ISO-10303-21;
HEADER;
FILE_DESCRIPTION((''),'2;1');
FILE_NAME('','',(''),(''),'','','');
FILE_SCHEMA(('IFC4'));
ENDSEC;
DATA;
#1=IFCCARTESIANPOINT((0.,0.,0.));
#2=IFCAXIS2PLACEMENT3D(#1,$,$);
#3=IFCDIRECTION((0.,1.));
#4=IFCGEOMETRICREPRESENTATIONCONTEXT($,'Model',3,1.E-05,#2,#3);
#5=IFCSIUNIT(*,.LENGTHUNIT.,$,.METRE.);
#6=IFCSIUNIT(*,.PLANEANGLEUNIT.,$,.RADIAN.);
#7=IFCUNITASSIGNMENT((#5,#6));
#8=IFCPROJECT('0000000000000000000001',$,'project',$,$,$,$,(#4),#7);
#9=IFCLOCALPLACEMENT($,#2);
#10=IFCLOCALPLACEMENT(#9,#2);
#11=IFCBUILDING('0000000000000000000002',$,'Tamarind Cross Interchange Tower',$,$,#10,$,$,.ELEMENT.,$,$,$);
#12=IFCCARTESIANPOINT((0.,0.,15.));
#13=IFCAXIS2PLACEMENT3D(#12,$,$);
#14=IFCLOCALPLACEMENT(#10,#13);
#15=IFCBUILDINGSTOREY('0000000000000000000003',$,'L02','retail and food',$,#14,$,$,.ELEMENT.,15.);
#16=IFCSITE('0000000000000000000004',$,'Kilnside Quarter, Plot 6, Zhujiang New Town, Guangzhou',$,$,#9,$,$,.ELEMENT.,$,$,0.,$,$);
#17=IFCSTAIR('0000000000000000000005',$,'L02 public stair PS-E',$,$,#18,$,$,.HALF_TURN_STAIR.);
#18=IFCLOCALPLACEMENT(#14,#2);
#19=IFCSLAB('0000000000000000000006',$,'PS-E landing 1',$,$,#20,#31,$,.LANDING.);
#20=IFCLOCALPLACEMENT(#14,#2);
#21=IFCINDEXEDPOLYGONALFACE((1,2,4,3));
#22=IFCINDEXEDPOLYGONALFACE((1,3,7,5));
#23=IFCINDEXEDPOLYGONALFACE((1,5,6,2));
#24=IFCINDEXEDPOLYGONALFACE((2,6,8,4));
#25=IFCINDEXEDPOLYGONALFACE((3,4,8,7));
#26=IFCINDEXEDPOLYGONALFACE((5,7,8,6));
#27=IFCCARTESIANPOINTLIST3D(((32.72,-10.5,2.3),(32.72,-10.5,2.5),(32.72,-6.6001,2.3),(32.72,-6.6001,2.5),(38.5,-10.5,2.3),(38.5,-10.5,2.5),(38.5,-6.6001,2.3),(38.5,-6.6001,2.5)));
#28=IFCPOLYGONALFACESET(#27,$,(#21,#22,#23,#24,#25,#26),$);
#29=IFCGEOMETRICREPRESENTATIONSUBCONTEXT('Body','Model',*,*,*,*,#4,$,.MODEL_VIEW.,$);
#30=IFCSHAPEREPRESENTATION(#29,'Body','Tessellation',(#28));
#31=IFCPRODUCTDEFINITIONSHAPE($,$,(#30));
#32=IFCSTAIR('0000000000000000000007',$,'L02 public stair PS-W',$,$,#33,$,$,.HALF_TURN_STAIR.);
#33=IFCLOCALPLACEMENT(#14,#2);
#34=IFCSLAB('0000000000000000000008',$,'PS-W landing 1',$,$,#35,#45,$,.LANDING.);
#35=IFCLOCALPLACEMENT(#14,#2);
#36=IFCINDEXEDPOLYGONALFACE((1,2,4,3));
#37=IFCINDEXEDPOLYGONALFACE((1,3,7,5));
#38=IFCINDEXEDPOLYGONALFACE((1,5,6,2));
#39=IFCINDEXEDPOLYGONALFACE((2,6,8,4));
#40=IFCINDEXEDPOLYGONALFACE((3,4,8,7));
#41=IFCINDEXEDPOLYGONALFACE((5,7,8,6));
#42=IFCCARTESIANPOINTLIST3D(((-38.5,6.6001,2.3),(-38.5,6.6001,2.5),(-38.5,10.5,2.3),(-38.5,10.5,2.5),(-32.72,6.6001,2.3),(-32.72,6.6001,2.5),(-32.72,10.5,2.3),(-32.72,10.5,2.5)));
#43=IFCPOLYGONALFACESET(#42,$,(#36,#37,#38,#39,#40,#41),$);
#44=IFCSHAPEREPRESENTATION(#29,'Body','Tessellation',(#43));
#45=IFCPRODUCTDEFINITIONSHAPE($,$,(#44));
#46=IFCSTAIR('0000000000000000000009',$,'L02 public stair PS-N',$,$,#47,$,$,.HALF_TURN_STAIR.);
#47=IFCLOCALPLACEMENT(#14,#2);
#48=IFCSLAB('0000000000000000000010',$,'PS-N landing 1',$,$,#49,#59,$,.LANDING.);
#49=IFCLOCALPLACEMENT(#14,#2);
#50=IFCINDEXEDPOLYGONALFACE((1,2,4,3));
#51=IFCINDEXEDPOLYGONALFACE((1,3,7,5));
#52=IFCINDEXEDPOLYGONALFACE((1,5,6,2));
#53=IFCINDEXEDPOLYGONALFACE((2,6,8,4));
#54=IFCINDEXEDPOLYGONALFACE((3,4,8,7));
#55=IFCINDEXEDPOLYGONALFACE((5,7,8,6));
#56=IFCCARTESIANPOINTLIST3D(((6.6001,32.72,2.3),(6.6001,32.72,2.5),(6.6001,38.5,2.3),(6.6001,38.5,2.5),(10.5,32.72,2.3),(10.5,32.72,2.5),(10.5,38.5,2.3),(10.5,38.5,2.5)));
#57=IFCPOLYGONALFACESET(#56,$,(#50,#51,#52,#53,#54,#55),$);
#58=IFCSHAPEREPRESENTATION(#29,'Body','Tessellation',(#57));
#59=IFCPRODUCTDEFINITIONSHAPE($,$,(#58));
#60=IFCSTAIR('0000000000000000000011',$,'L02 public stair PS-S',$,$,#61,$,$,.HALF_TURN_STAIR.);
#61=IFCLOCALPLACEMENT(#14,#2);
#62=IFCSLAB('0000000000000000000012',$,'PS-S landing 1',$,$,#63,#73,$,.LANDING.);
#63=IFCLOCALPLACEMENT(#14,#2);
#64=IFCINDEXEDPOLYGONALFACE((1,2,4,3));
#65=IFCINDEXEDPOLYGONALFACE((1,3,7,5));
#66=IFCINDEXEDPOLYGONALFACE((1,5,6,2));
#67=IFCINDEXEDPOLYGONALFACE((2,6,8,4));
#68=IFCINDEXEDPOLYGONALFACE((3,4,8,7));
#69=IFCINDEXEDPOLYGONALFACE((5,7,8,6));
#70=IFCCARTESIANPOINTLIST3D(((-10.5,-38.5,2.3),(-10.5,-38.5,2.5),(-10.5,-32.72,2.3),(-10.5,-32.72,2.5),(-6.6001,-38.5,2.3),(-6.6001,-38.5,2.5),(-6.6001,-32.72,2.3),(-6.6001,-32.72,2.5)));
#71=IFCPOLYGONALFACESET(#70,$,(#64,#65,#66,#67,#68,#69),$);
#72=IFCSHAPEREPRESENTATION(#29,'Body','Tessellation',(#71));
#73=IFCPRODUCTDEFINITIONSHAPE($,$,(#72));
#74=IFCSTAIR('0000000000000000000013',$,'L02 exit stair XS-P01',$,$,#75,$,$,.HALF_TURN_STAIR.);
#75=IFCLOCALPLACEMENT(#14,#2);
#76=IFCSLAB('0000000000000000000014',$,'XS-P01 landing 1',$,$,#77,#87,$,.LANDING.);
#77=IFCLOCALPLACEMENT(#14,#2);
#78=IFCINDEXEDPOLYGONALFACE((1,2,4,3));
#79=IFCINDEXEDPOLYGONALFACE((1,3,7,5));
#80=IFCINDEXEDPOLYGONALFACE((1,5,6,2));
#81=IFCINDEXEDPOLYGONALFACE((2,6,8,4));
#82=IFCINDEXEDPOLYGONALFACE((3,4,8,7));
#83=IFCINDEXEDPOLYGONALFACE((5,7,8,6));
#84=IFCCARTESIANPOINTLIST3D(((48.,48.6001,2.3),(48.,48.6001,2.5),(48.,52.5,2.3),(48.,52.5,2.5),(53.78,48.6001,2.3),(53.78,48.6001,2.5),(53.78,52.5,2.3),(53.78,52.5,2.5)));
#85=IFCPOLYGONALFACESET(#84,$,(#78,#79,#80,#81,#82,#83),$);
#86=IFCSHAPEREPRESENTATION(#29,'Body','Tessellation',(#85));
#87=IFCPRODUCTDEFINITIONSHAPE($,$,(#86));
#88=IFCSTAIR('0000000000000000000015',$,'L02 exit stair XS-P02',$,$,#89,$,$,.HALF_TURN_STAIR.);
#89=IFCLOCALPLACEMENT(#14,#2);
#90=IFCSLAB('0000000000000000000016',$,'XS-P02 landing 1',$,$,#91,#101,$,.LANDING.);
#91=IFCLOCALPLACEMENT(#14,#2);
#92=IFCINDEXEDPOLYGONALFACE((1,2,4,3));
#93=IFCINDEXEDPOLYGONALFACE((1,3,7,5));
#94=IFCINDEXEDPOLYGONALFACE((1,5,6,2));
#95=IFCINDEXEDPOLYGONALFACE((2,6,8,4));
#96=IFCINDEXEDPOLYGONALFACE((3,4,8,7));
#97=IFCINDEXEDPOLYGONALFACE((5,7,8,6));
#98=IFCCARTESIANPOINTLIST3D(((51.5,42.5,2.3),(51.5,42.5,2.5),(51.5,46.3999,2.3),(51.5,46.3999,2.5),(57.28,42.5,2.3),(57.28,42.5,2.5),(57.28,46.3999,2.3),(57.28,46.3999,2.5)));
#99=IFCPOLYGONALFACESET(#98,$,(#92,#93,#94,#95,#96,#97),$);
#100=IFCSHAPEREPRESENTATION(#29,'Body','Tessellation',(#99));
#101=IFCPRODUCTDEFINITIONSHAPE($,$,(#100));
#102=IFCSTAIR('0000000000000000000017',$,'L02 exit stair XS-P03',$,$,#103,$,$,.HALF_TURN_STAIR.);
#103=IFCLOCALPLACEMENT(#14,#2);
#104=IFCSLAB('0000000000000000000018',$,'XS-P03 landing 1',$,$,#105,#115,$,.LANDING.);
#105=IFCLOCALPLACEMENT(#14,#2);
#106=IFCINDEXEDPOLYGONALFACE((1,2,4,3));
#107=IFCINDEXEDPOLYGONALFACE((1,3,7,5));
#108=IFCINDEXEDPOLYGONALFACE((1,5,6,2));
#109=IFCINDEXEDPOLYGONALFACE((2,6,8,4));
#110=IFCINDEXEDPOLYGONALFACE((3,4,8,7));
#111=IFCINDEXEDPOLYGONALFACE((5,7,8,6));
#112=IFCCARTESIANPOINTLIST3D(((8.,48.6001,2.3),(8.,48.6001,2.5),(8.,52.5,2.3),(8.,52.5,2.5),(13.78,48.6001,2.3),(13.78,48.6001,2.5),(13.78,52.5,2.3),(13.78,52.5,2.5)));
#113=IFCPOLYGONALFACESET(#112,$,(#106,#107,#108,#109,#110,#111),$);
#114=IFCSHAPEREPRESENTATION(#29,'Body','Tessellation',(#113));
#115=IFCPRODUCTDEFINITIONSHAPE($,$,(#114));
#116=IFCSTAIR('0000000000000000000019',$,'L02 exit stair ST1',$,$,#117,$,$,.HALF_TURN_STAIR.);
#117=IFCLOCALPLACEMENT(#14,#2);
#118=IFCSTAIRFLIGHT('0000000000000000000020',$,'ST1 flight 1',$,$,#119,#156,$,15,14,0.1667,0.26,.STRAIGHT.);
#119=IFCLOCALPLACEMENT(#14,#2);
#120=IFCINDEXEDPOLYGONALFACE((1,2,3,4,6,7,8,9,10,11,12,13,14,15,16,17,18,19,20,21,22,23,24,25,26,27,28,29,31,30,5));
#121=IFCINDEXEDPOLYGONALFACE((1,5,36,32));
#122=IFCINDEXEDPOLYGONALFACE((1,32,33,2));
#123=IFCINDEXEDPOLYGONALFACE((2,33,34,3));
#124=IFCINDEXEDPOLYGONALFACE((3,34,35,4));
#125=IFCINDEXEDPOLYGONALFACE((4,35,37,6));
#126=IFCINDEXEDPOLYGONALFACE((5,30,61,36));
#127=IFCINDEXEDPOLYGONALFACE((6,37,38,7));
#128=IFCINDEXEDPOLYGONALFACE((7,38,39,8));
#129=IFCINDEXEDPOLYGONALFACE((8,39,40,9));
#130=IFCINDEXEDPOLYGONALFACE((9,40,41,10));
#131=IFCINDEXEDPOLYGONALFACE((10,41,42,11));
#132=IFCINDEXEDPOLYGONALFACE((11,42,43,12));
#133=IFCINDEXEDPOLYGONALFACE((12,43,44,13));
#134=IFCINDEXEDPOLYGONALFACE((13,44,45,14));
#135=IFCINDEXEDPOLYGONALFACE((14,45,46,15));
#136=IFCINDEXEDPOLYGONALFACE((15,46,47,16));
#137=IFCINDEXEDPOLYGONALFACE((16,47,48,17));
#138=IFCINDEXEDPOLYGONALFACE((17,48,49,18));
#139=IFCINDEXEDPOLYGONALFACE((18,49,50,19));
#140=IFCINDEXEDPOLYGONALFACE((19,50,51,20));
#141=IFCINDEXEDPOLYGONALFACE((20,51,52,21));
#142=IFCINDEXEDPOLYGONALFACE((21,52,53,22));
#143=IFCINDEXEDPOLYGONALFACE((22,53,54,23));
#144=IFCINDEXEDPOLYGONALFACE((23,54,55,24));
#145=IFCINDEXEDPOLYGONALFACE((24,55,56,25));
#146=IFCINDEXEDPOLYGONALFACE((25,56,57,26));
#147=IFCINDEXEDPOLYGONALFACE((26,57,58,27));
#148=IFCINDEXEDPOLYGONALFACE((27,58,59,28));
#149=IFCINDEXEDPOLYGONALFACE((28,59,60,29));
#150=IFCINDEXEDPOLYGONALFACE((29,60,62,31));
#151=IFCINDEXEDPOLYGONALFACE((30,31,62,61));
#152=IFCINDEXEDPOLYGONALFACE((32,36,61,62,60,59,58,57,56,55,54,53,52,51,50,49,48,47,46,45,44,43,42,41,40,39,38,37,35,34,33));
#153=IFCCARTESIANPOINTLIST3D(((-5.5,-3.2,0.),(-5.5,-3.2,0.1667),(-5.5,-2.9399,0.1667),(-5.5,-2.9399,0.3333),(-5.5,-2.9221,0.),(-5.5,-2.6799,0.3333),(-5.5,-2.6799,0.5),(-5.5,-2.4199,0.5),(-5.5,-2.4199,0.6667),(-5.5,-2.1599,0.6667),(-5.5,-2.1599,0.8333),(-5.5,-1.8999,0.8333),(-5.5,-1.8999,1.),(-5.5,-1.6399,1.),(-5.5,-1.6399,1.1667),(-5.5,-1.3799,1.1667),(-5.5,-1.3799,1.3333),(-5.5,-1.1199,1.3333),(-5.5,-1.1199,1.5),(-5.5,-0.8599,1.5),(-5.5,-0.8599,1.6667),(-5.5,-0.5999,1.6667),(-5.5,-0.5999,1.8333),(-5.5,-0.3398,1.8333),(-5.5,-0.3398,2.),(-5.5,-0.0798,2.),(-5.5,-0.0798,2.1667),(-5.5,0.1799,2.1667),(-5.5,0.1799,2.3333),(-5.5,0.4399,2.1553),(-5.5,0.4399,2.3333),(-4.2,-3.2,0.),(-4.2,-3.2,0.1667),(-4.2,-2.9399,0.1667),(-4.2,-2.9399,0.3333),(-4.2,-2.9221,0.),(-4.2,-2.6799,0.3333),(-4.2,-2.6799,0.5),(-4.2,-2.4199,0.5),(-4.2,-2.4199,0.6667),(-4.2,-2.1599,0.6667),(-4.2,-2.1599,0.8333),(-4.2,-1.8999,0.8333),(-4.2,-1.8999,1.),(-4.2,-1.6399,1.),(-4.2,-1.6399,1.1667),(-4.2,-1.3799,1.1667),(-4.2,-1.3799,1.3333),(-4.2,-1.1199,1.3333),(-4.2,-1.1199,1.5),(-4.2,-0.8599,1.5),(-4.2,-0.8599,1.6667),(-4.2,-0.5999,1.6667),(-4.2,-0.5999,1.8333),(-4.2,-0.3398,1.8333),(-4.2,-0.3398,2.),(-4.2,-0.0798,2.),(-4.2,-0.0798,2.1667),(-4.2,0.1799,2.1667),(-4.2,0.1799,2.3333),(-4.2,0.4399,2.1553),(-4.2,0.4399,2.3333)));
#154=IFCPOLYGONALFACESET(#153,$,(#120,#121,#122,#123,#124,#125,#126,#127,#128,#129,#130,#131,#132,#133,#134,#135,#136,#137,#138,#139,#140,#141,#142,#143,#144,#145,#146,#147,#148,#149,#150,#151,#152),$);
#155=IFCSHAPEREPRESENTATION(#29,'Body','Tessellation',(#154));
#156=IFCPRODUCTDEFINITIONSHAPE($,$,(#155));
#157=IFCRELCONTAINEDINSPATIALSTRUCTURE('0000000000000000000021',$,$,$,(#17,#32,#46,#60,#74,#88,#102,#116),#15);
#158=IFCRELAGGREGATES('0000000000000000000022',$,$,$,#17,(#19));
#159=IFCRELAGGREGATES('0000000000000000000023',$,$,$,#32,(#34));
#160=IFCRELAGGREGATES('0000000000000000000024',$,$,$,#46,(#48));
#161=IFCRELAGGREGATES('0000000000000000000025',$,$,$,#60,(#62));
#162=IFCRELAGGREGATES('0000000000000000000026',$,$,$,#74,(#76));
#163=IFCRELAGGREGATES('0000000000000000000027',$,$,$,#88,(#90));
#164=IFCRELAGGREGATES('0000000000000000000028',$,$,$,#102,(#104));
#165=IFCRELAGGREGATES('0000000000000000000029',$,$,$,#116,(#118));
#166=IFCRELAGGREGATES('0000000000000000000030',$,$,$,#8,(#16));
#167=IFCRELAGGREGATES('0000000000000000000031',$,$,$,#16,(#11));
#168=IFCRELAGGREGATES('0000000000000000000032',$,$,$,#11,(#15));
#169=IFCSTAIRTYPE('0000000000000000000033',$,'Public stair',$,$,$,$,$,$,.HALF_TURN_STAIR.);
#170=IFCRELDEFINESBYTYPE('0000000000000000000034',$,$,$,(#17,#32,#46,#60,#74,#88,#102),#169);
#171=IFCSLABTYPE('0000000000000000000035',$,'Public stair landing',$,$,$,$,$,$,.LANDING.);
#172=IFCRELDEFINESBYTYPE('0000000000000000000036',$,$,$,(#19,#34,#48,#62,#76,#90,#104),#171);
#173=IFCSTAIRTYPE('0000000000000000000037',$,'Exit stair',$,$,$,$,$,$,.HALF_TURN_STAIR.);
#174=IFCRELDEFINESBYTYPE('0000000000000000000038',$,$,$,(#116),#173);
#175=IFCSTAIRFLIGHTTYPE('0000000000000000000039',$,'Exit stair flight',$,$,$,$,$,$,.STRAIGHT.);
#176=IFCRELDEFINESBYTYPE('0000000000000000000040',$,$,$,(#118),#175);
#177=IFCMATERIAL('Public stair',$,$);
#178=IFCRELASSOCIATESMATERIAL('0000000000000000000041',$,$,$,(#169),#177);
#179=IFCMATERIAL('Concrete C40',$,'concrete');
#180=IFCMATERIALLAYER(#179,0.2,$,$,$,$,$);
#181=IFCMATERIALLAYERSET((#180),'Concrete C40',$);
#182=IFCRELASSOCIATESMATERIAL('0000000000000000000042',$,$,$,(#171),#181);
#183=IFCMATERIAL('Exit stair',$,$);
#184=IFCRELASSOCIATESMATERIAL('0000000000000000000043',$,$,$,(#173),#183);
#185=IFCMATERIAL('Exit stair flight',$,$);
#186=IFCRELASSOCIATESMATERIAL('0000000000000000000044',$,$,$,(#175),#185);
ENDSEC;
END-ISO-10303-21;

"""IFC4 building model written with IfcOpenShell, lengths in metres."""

from ifc_helpers import new_model, si_unit, direction, frame, origin, place, context, subcontext, project, spatial, polyline, outline, extrude, material, layer, layer_set, type_object, element, aggregate, save


model = new_model("IFC4")

# Units and contexts
model_context = context("Model", 3, precision=1e-05, world=origin(), true_north=direction((0.0, 1.0)))
body_context = subcontext(model_context, "Body", "Model", "MODEL_VIEW")
ifc_project = project(units=[si_unit("LENGTHUNIT", "METRE"), si_unit("PLANEANGLEUNIT", "RADIAN")], contexts=[model_context])

# Site, building, storey
site_placement = place(None, origin())
site = spatial("IfcSite", under=ifc_project, at=site_placement, Name="Kilnside Quarter, Plot 6, Zhujiang New Town, Guangzhou", CompositionType="ELEMENT", RefElevation=0.0)
building_placement = place(site_placement, origin())
building = spatial("IfcBuilding", under=site, at=building_placement, Name="Tamarind Cross Interchange Tower", CompositionType="ELEMENT")
storey_placement = place(building_placement, frame((0.0, 0.0, 15.0)))
storey = spatial("IfcBuildingStorey", under=building, at=storey_placement, Name="L02", Description="retail and food", CompositionType="ELEMENT", Elevation=15.0)

# Shared definitions
ifc_material_1 = material(Name="Concrete C40", Category="concrete")

# Stairs, slabs
ifc_material_2 = material(Name="Public stair")
stair_type_1 = type_object("IfcStairType", Name="Public stair", PredefinedType="HALF_TURN_STAIR", material=ifc_material_2)
stair_1_placement = place(storey_placement, origin())
stair_1 = element("IfcStair", 1, at=stair_1_placement, inside=storey, type_object=stair_type_1, Name="L02 public stair PS-E", PredefinedType="HALF_TURN_STAIR")
ifc_layer_1 = layer(ifc_material_1, 0.2)
ifc_layer_set_1 = layer_set([ifc_layer_1], Name="Concrete C40")
slab_type_1 = type_object("IfcSlabType", Name="Public stair landing", PredefinedType="LANDING", material=ifc_layer_set_1)
slab_1_placement = place(storey_placement, frame((0.0, 0.0, 2.3)))
slab_1 = element("IfcSlab", 2, at=slab_1_placement, type_object=slab_type_1, Name="PS-E landing 1", PredefinedType="LANDING", context=body_context, shape_type="SweptSolid", body=[
    extrude(outline(polyline([(32.72, -10.5), (38.5, -10.5), (38.5, -6.6001), (32.72, -6.6001), (32.72, -10.5)])), origin(), (0.0, 0.0, 1.0), 0.2),
])
aggregate(stair_1, [slab_1])
stair_2_placement = place(storey_placement, origin())
stair_2 = element("IfcStair", 3, at=stair_2_placement, inside=storey, type_object=stair_type_1, Name="L02 public stair PS-W", PredefinedType="HALF_TURN_STAIR")
slab_2_placement = place(storey_placement, frame((0.0, 0.0, 2.3)))
slab_2 = element("IfcSlab", 4, at=slab_2_placement, type_object=slab_type_1, Name="PS-W landing 1", PredefinedType="LANDING", context=body_context, shape_type="SweptSolid", body=[
    extrude(outline(polyline([(-32.72, 10.5), (-38.5, 10.5), (-38.5, 6.6001), (-32.72, 6.6001), (-32.72, 10.5)])), origin(), (0.0, 0.0, 1.0), 0.2),
])
aggregate(stair_2, [slab_2])
stair_3_placement = place(storey_placement, origin())
stair_3 = element("IfcStair", 5, at=stair_3_placement, inside=storey, type_object=stair_type_1, Name="L02 public stair PS-N", PredefinedType="HALF_TURN_STAIR")
slab_3_placement = place(storey_placement, frame((0.0, 0.0, 2.3)))
slab_3 = element("IfcSlab", 6, at=slab_3_placement, type_object=slab_type_1, Name="PS-N landing 1", PredefinedType="LANDING", context=body_context, shape_type="SweptSolid", body=[
    extrude(outline(polyline([(10.5, 32.72), (10.5, 38.5), (6.6001, 38.5), (6.6001, 32.72), (10.5, 32.72)])), origin(), (0.0, 0.0, 1.0), 0.2),
])
aggregate(stair_3, [slab_3])
stair_4_placement = place(storey_placement, origin())
stair_4 = element("IfcStair", 7, at=stair_4_placement, inside=storey, type_object=stair_type_1, Name="L02 public stair PS-S", PredefinedType="HALF_TURN_STAIR")
slab_4_placement = place(storey_placement, frame((0.0, 0.0, 2.3)))
slab_4 = element("IfcSlab", 8, at=slab_4_placement, type_object=slab_type_1, Name="PS-S landing 1", PredefinedType="LANDING", context=body_context, shape_type="SweptSolid", body=[
    extrude(outline(polyline([(-10.5, -32.72), (-10.5, -38.5), (-6.6001, -38.5), (-6.6001, -32.72), (-10.5, -32.72)])), origin(), (0.0, 0.0, 1.0), 0.2),
])
aggregate(stair_4, [slab_4])
stair_5_placement = place(storey_placement, origin())
stair_5 = element("IfcStair", 9, at=stair_5_placement, inside=storey, type_object=stair_type_1, Name="L02 exit stair XS-P01", PredefinedType="HALF_TURN_STAIR")
slab_5_placement = place(storey_placement, frame((0.0, 0.0, 2.3)))
slab_5 = element("IfcSlab", 10, at=slab_5_placement, type_object=slab_type_1, Name="XS-P01 landing 1", PredefinedType="LANDING", context=body_context, shape_type="SweptSolid", body=[
    extrude(outline(polyline([(53.78, 52.5), (48.0, 52.5), (48.0, 48.6001), (53.78, 48.6001), (53.78, 52.5)])), origin(), (0.0, 0.0, 1.0), 0.2),
])
aggregate(stair_5, [slab_5])
stair_6_placement = place(storey_placement, origin())
stair_6 = element("IfcStair", 11, at=stair_6_placement, inside=storey, type_object=stair_type_1, Name="L02 exit stair XS-P02", PredefinedType="HALF_TURN_STAIR")
slab_6_placement = place(storey_placement, frame((0.0, 0.0, 2.3)))
slab_6 = element("IfcSlab", 12, at=slab_6_placement, type_object=slab_type_1, Name="XS-P02 landing 1", PredefinedType="LANDING", context=body_context, shape_type="SweptSolid", body=[
    extrude(outline(polyline([(57.28, 46.3999), (51.5, 46.3999), (51.5, 42.5), (57.28, 42.5), (57.28, 46.3999)])), origin(), (0.0, 0.0, 1.0), 0.2),
])
aggregate(stair_6, [slab_6])
stair_7_placement = place(storey_placement, origin())
stair_7 = element("IfcStair", 13, at=stair_7_placement, inside=storey, type_object=stair_type_1, Name="L02 exit stair XS-P03", PredefinedType="HALF_TURN_STAIR")
slab_7_placement = place(storey_placement, frame((0.0, 0.0, 2.3)))
slab_7 = element("IfcSlab", 14, at=slab_7_placement, type_object=slab_type_1, Name="XS-P03 landing 1", PredefinedType="LANDING", context=body_context, shape_type="SweptSolid", body=[
    extrude(outline(polyline([(13.78, 52.5), (8.0, 52.5), (8.0, 48.6001), (13.78, 48.6001), (13.78, 52.5)])), origin(), (0.0, 0.0, 1.0), 0.2),
])
aggregate(stair_7, [slab_7])

# Stair, stair flight
ifc_material_3 = material(Name="Exit stair")
stair_type_2 = type_object("IfcStairType", Name="Exit stair", PredefinedType="HALF_TURN_STAIR", material=ifc_material_3)
stair_8_placement = place(storey_placement, origin())
stair_8 = element("IfcStair", 15, at=stair_8_placement, inside=storey, type_object=stair_type_2, Name="L02 exit stair ST1", PredefinedType="HALF_TURN_STAIR")
ifc_material_4 = material(Name="Exit stair flight")
stair_flight_type = type_object("IfcStairFlightType", Name="Exit stair flight", PredefinedType="STRAIGHT", material=ifc_material_4)
stair_flight_placement = place(storey_placement, frame((-4.8501, -3.2, 0.0), z_axis=(0.0, 0.0, 1.0), x_axis=(0.0, 1.0, 0.0)))
stair_flight = element("IfcStairFlight", 16, at=stair_flight_placement, type_object=stair_flight_type, Name="ST1 flight 1", NumberOfRisers=15, NumberOfTreads=14, PredefinedType="STRAIGHT", RiserHeight=0.1667, TreadLength=0.26, context=body_context, shape_type="SweptSolid", body=[
    extrude(outline(polyline([(0.0, 0.0), (0.0, 0.1667), (0.26, 0.1667), (0.26, 0.3333), (0.52, 0.3333), (0.52, 0.5), (0.78, 0.5), (0.78, 0.6667), (1.04, 0.6667), (1.04, 0.8333), (1.3, 0.8333), (1.3, 1.0), (1.5601, 1.0), (1.5601, 1.1667), (1.8201, 1.1667), (1.8201, 1.3333), (2.0801, 1.3333), (2.0801, 1.5), (2.3401, 1.5), (2.3401, 1.6667), (2.6001, 1.6667), (2.6001, 1.8333), (2.8601, 1.8333), (2.8601, 2.0), (3.1201, 2.0), (3.1201, 2.1667), (3.3799, 2.1667), (3.3799, 2.3333), (3.6399, 2.3333), (3.6399, 2.5), (3.6399, 2.1553), (0.2778, 0.0), (0.0, 0.0)])), frame((0.0, 0.6499, 0.0), z_axis=(0.0, -1.0, 0.0), x_axis=(1.0, 0.0, 0.0)), (0.0, 0.0, 1.0), 1.3),
])
aggregate(stair_8, [stair_flight])

save(model, "model.ifc")
